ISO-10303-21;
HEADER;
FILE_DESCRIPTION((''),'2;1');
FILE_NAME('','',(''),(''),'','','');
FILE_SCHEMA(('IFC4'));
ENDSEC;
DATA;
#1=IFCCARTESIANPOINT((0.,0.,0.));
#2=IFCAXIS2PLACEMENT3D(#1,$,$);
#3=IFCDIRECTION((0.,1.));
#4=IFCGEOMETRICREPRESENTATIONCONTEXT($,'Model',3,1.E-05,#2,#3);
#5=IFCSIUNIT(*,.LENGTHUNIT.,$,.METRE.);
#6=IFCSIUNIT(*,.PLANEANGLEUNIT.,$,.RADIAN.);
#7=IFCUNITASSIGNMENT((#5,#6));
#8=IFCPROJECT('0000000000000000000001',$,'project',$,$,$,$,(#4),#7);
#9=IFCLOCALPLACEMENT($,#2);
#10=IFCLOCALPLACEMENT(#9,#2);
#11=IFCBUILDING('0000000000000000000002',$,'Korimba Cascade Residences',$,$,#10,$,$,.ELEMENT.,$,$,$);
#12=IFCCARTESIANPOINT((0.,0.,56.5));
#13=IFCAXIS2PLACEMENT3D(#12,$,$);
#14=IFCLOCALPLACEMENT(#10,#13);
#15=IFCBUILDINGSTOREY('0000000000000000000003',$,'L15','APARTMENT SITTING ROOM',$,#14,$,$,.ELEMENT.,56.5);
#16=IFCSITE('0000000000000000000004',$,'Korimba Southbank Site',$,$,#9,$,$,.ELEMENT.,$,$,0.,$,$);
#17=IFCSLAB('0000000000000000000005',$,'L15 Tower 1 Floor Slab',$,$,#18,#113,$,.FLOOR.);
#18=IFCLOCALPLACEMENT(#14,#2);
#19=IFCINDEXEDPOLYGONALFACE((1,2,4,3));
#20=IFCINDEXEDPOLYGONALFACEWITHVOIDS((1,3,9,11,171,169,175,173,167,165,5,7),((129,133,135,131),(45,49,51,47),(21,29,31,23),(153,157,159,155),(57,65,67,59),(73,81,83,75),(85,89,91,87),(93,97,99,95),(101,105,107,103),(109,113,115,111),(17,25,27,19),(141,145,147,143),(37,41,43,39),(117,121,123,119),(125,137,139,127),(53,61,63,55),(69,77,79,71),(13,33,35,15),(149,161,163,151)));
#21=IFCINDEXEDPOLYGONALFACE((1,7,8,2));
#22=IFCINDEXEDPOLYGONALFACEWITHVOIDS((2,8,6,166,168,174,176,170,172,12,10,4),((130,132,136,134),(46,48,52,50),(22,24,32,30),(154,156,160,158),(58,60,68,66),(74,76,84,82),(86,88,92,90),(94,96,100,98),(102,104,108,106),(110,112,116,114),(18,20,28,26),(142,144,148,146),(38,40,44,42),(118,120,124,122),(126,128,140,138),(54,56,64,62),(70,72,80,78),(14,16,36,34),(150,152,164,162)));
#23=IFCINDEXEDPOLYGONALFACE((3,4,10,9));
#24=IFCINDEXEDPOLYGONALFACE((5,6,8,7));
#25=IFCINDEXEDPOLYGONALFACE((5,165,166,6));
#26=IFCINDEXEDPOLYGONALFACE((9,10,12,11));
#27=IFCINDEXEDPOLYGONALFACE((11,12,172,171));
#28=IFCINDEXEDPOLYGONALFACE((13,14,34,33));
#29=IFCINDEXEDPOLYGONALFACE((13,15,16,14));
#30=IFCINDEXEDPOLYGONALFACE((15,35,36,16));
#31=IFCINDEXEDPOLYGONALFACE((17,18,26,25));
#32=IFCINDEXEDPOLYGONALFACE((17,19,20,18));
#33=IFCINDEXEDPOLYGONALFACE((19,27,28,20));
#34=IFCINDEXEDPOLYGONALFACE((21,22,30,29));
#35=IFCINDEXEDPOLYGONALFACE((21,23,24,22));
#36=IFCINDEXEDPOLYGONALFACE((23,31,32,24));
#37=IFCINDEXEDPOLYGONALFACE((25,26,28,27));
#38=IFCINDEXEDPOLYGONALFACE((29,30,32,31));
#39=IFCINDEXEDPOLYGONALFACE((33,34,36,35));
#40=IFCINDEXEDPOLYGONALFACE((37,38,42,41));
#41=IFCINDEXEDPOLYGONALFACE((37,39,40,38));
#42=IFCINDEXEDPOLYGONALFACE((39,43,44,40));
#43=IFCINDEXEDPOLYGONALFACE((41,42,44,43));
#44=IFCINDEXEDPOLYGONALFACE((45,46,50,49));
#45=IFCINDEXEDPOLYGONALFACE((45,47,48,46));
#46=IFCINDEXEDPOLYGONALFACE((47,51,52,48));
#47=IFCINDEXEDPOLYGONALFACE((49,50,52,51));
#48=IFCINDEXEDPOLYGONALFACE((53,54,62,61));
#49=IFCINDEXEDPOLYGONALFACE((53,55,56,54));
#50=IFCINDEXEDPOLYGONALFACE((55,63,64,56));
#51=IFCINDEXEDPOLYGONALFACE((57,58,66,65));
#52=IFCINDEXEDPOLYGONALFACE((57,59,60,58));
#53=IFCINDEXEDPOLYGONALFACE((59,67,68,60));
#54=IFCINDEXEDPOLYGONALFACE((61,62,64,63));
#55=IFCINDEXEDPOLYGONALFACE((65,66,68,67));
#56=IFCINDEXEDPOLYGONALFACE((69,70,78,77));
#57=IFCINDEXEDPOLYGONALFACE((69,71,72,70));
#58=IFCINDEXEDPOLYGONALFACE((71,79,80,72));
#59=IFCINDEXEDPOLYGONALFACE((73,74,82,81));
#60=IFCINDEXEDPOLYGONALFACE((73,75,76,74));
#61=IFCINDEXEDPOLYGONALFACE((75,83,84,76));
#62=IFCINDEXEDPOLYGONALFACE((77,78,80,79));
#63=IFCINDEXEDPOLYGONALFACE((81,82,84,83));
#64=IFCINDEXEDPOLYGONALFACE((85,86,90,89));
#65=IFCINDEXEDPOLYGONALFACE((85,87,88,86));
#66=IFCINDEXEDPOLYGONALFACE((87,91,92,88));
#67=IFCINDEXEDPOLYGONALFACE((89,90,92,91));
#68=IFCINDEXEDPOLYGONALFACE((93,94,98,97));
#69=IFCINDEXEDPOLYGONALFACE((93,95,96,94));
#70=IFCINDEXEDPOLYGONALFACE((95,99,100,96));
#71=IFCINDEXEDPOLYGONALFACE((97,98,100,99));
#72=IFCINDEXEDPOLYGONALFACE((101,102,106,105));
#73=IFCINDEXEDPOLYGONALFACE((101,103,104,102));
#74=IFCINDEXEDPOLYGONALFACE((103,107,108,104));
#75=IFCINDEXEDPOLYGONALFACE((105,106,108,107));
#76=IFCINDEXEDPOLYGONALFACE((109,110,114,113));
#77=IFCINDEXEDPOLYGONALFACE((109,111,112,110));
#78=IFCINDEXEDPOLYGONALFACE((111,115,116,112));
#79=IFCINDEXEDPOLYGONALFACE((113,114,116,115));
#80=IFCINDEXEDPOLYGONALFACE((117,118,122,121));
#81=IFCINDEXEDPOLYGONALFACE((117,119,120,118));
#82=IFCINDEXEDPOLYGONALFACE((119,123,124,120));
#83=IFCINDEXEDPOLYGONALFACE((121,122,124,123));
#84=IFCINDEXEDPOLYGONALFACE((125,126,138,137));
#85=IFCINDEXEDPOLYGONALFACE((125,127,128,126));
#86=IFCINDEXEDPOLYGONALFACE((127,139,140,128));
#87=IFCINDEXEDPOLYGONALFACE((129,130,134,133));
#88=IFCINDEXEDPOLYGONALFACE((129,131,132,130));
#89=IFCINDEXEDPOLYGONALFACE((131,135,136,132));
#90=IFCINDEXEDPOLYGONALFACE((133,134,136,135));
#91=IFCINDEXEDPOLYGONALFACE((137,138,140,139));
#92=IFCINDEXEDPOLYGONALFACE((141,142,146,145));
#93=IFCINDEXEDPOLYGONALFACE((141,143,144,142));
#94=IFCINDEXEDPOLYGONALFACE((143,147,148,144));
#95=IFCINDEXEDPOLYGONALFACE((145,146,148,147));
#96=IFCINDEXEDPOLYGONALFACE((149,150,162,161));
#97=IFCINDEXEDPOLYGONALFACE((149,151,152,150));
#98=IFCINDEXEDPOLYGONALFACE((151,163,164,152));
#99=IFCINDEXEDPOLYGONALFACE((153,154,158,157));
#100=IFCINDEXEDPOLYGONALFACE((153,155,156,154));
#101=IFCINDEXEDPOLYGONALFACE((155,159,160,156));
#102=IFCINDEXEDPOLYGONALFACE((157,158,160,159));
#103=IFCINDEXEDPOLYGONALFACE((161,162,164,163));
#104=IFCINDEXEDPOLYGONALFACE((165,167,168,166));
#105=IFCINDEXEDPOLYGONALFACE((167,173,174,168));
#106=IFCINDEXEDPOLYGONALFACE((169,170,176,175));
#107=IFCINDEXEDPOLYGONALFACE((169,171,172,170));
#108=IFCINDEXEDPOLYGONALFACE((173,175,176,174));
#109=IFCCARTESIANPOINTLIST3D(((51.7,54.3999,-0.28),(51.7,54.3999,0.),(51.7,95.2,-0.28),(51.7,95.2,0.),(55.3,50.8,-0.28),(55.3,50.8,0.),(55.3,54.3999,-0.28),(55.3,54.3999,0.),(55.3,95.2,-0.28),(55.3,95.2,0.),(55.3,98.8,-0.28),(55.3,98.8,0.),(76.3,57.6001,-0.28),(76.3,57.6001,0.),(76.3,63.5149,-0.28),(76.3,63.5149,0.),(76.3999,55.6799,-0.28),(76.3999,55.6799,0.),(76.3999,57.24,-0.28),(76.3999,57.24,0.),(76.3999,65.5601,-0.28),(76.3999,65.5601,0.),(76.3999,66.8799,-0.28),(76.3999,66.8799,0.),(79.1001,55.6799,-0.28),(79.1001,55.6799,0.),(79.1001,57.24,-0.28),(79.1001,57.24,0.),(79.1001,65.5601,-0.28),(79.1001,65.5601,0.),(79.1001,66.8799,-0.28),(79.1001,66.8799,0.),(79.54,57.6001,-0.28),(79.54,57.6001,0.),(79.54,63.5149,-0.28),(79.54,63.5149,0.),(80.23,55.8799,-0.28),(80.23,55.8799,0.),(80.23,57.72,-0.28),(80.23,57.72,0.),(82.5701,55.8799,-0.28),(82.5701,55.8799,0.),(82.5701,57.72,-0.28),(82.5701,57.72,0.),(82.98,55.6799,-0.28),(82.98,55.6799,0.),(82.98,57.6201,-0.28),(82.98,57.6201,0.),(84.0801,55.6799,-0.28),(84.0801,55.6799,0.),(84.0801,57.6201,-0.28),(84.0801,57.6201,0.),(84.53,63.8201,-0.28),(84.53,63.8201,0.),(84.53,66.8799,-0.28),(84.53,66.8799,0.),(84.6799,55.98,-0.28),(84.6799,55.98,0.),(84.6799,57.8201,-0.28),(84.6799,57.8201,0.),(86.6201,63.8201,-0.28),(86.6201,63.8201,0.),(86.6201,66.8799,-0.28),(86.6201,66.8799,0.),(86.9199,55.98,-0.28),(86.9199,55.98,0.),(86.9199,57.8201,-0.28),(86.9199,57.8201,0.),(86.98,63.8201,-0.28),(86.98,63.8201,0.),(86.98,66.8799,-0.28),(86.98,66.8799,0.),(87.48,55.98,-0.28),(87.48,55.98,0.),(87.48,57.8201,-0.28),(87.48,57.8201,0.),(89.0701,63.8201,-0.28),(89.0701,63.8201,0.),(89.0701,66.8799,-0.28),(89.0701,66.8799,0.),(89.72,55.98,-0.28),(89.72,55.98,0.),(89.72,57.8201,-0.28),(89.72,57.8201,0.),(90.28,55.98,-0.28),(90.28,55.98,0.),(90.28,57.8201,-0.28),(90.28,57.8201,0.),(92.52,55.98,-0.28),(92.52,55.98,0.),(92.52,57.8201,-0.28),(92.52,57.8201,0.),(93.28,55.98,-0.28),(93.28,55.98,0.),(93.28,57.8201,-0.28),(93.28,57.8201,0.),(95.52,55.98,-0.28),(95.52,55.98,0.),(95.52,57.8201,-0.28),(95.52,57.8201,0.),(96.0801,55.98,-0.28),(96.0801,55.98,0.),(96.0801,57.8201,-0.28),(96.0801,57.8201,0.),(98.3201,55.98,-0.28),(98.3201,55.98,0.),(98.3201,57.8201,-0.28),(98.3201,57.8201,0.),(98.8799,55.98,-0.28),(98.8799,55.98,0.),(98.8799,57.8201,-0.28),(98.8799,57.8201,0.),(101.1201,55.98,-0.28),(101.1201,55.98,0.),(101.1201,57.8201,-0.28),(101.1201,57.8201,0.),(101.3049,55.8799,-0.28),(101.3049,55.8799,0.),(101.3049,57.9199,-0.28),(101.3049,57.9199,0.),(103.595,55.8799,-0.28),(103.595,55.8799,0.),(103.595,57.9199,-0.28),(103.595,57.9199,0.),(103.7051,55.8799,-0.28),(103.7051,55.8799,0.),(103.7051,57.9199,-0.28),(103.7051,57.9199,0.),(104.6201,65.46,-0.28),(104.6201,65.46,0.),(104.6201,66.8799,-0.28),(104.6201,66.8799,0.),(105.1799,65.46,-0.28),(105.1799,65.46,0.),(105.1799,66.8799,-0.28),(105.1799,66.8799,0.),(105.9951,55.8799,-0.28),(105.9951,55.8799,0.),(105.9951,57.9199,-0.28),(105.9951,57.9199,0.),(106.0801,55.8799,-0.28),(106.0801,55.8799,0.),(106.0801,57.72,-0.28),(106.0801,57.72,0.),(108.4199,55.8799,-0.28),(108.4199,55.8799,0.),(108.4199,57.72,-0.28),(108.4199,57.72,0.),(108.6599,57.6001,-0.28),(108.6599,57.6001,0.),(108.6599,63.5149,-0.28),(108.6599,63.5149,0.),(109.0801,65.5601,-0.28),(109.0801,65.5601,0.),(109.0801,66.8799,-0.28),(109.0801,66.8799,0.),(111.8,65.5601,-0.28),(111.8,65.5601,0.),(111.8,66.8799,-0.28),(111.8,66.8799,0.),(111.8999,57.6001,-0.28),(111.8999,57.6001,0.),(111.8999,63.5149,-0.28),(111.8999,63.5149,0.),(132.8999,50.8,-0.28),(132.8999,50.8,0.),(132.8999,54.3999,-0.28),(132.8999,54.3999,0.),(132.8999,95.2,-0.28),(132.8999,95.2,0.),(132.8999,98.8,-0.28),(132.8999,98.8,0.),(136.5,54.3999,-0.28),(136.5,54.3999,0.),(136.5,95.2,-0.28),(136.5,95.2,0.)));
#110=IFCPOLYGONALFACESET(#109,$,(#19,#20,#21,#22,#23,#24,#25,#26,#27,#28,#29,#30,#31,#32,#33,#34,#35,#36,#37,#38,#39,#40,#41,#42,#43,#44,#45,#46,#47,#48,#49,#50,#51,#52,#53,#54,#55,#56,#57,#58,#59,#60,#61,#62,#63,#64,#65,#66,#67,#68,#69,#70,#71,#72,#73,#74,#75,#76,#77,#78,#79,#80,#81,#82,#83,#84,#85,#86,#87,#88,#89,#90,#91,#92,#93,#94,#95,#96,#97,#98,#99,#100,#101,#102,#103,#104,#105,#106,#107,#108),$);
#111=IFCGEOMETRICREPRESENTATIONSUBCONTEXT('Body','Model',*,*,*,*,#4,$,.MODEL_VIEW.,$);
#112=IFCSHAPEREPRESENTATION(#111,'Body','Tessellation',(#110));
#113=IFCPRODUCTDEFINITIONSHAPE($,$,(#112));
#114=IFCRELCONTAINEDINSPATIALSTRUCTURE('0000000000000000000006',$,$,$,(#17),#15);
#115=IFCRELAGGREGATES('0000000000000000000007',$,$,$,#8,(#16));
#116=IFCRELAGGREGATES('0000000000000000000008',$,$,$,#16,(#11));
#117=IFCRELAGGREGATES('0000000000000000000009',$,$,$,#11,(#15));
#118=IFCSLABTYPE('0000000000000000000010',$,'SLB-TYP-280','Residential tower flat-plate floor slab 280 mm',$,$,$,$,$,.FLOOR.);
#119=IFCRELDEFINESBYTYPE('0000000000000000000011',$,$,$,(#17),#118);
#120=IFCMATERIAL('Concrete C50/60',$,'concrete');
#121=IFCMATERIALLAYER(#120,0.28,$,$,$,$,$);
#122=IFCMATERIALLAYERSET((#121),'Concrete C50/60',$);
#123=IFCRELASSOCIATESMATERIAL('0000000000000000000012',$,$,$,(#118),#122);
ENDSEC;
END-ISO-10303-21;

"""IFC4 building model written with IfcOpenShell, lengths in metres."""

from ifc_helpers import new_model, si_unit, direction, frame, origin, place, context, subcontext, project, spatial, polyline, outline, extrude, material, layer, layer_set, type_object, element, save


model = new_model("IFC4")

# Units and contexts
model_context = context("Model", 3, precision=1e-05, world=origin(), true_north=direction((0.0, 1.0)))
body_context = subcontext(model_context, "Body", "Model", "MODEL_VIEW")
ifc_project = project(units=[si_unit("LENGTHUNIT", "METRE"), si_unit("PLANEANGLEUNIT", "RADIAN")], contexts=[model_context])

# Site, building, storey
site_placement = place(None, origin())
site = spatial("IfcSite", under=ifc_project, at=site_placement, Name="Korimba Southbank Site", CompositionType="ELEMENT", RefElevation=0.0)
building_placement = place(site_placement, origin())
building = spatial("IfcBuilding", under=site, at=building_placement, Name="Korimba Cascade Residences", CompositionType="ELEMENT")
storey_placement = place(building_placement, frame((0.0, 0.0, 56.5)))
storey = spatial("IfcBuildingStorey", under=building, at=storey_placement, Name="L15", Description="APARTMENT SITTING ROOM", CompositionType="ELEMENT", Elevation=56.5)

# Shared definitions
ifc_material_1 = material(Name="Concrete C50/60", Category="concrete")

# Slab
ifc_layer_1 = layer(ifc_material_1, 0.28)
ifc_layer_set_1 = layer_set([ifc_layer_1], Name="Concrete C50/60")
slab_type_1 = type_object("IfcSlabType", Name="SLB-TYP-280", Description="Residential tower flat-plate floor slab 280 mm", PredefinedType="FLOOR", material=ifc_layer_set_1)
slab_1_placement = place(storey_placement, frame((0.0, 0.0, -0.28)))
element("IfcSlab", 1, at=slab_1_placement, inside=storey, type_object=slab_type_1, Name="L15 Tower 1 Floor Slab", PredefinedType="FLOOR", context=body_context, shape_type="SweptSolid", body=[
    extrude(outline(polyline([(55.3, 50.8), (132.8999, 50.8), (132.8999, 54.3999), (136.5, 54.3999), (136.5, 95.2), (132.8999, 95.2), (132.8999, 98.8), (55.3, 98.8), (55.3, 95.2), (51.7, 95.2), (51.7, 54.3999), (55.3, 54.3999), (55.3, 50.8)]), holes=[polyline([(76.3, 63.5149), (76.3, 57.6001), (79.54, 57.6001), (79.54, 63.5149), (76.3, 63.5149)]), polyline([(108.6599, 63.5149), (108.6599, 57.6001), (111.8999, 57.6001), (111.8999, 63.5149), (108.6599, 63.5149)]), polyline([(80.23, 55.8799), (82.5701, 55.8799), (82.5701, 57.72), (80.23, 57.72), (80.23, 55.8799)]), polyline([(106.0801, 55.8799), (108.4199, 55.8799), (108.4199, 57.72), (106.0801, 57.72), (106.0801, 55.8799)]), polyline([(84.6799, 55.98), (86.9199, 55.98), (86.9199, 57.8201), (84.6799, 57.8201), (84.6799, 55.98)]), polyline([(87.48, 55.98), (89.72, 55.98), (89.72, 57.8201), (87.48, 57.8201), (87.48, 55.98)]), polyline([(90.28, 55.98), (92.52, 55.98), (92.52, 57.8201), (90.28, 57.8201), (90.28, 55.98)]), polyline([(93.28, 55.98), (95.52, 55.98), (95.52, 57.8201), (93.28, 57.8201), (93.28, 55.98)]), polyline([(96.0801, 55.98), (98.3201, 55.98), (98.3201, 57.8201), (96.0801, 57.8201), (96.0801, 55.98)]), polyline([(98.8799, 55.98), (101.1201, 55.98), (101.1201, 57.8201), (98.8799, 57.8201), (98.8799, 55.98)]), polyline([(101.3049, 55.8799), (103.595, 55.8799), (103.595, 57.9199), (101.3049, 57.9199), (101.3049, 55.8799)]), polyline([(103.7051, 55.8799), (105.9951, 55.8799), (105.9951, 57.9199), (103.7051, 57.9199), (103.7051, 55.8799)]), polyline([(82.98, 55.6799), (84.0801, 55.6799), (84.0801, 57.6201), (82.98, 57.6201), (82.98, 55.6799)]), polyline([(76.3999, 65.5601), (79.1001, 65.5601), (79.1001, 66.8799), (76.3999, 66.8799), (76.3999, 65.5601)]), polyline([(76.3999, 55.6799), (79.1001, 55.6799), (79.1001, 57.24), (76.3999, 57.24), (76.3999, 55.6799)]), polyline([(84.53, 63.8201), (86.6201, 63.8201), (86.6201, 66.8799), (84.53, 66.8799), (84.53, 63.8201)]), polyline([(86.98, 63.8201), (89.0701, 63.8201), (89.0701, 66.8799), (86.98, 66.8799), (86.98, 63.8201)]), polyline([(104.6201, 65.46), (105.1799, 65.46), (105.1799, 66.8799), (104.6201, 66.8799), (104.6201, 65.46)]), polyline([(109.0801, 65.5601), (111.8, 65.5601), (111.8, 66.8799), (109.0801, 66.8799), (109.0801, 65.5601)])]), origin(), (0.0, 0.0, 1.0), 0.28),
])

save(model, "model.ifc")
